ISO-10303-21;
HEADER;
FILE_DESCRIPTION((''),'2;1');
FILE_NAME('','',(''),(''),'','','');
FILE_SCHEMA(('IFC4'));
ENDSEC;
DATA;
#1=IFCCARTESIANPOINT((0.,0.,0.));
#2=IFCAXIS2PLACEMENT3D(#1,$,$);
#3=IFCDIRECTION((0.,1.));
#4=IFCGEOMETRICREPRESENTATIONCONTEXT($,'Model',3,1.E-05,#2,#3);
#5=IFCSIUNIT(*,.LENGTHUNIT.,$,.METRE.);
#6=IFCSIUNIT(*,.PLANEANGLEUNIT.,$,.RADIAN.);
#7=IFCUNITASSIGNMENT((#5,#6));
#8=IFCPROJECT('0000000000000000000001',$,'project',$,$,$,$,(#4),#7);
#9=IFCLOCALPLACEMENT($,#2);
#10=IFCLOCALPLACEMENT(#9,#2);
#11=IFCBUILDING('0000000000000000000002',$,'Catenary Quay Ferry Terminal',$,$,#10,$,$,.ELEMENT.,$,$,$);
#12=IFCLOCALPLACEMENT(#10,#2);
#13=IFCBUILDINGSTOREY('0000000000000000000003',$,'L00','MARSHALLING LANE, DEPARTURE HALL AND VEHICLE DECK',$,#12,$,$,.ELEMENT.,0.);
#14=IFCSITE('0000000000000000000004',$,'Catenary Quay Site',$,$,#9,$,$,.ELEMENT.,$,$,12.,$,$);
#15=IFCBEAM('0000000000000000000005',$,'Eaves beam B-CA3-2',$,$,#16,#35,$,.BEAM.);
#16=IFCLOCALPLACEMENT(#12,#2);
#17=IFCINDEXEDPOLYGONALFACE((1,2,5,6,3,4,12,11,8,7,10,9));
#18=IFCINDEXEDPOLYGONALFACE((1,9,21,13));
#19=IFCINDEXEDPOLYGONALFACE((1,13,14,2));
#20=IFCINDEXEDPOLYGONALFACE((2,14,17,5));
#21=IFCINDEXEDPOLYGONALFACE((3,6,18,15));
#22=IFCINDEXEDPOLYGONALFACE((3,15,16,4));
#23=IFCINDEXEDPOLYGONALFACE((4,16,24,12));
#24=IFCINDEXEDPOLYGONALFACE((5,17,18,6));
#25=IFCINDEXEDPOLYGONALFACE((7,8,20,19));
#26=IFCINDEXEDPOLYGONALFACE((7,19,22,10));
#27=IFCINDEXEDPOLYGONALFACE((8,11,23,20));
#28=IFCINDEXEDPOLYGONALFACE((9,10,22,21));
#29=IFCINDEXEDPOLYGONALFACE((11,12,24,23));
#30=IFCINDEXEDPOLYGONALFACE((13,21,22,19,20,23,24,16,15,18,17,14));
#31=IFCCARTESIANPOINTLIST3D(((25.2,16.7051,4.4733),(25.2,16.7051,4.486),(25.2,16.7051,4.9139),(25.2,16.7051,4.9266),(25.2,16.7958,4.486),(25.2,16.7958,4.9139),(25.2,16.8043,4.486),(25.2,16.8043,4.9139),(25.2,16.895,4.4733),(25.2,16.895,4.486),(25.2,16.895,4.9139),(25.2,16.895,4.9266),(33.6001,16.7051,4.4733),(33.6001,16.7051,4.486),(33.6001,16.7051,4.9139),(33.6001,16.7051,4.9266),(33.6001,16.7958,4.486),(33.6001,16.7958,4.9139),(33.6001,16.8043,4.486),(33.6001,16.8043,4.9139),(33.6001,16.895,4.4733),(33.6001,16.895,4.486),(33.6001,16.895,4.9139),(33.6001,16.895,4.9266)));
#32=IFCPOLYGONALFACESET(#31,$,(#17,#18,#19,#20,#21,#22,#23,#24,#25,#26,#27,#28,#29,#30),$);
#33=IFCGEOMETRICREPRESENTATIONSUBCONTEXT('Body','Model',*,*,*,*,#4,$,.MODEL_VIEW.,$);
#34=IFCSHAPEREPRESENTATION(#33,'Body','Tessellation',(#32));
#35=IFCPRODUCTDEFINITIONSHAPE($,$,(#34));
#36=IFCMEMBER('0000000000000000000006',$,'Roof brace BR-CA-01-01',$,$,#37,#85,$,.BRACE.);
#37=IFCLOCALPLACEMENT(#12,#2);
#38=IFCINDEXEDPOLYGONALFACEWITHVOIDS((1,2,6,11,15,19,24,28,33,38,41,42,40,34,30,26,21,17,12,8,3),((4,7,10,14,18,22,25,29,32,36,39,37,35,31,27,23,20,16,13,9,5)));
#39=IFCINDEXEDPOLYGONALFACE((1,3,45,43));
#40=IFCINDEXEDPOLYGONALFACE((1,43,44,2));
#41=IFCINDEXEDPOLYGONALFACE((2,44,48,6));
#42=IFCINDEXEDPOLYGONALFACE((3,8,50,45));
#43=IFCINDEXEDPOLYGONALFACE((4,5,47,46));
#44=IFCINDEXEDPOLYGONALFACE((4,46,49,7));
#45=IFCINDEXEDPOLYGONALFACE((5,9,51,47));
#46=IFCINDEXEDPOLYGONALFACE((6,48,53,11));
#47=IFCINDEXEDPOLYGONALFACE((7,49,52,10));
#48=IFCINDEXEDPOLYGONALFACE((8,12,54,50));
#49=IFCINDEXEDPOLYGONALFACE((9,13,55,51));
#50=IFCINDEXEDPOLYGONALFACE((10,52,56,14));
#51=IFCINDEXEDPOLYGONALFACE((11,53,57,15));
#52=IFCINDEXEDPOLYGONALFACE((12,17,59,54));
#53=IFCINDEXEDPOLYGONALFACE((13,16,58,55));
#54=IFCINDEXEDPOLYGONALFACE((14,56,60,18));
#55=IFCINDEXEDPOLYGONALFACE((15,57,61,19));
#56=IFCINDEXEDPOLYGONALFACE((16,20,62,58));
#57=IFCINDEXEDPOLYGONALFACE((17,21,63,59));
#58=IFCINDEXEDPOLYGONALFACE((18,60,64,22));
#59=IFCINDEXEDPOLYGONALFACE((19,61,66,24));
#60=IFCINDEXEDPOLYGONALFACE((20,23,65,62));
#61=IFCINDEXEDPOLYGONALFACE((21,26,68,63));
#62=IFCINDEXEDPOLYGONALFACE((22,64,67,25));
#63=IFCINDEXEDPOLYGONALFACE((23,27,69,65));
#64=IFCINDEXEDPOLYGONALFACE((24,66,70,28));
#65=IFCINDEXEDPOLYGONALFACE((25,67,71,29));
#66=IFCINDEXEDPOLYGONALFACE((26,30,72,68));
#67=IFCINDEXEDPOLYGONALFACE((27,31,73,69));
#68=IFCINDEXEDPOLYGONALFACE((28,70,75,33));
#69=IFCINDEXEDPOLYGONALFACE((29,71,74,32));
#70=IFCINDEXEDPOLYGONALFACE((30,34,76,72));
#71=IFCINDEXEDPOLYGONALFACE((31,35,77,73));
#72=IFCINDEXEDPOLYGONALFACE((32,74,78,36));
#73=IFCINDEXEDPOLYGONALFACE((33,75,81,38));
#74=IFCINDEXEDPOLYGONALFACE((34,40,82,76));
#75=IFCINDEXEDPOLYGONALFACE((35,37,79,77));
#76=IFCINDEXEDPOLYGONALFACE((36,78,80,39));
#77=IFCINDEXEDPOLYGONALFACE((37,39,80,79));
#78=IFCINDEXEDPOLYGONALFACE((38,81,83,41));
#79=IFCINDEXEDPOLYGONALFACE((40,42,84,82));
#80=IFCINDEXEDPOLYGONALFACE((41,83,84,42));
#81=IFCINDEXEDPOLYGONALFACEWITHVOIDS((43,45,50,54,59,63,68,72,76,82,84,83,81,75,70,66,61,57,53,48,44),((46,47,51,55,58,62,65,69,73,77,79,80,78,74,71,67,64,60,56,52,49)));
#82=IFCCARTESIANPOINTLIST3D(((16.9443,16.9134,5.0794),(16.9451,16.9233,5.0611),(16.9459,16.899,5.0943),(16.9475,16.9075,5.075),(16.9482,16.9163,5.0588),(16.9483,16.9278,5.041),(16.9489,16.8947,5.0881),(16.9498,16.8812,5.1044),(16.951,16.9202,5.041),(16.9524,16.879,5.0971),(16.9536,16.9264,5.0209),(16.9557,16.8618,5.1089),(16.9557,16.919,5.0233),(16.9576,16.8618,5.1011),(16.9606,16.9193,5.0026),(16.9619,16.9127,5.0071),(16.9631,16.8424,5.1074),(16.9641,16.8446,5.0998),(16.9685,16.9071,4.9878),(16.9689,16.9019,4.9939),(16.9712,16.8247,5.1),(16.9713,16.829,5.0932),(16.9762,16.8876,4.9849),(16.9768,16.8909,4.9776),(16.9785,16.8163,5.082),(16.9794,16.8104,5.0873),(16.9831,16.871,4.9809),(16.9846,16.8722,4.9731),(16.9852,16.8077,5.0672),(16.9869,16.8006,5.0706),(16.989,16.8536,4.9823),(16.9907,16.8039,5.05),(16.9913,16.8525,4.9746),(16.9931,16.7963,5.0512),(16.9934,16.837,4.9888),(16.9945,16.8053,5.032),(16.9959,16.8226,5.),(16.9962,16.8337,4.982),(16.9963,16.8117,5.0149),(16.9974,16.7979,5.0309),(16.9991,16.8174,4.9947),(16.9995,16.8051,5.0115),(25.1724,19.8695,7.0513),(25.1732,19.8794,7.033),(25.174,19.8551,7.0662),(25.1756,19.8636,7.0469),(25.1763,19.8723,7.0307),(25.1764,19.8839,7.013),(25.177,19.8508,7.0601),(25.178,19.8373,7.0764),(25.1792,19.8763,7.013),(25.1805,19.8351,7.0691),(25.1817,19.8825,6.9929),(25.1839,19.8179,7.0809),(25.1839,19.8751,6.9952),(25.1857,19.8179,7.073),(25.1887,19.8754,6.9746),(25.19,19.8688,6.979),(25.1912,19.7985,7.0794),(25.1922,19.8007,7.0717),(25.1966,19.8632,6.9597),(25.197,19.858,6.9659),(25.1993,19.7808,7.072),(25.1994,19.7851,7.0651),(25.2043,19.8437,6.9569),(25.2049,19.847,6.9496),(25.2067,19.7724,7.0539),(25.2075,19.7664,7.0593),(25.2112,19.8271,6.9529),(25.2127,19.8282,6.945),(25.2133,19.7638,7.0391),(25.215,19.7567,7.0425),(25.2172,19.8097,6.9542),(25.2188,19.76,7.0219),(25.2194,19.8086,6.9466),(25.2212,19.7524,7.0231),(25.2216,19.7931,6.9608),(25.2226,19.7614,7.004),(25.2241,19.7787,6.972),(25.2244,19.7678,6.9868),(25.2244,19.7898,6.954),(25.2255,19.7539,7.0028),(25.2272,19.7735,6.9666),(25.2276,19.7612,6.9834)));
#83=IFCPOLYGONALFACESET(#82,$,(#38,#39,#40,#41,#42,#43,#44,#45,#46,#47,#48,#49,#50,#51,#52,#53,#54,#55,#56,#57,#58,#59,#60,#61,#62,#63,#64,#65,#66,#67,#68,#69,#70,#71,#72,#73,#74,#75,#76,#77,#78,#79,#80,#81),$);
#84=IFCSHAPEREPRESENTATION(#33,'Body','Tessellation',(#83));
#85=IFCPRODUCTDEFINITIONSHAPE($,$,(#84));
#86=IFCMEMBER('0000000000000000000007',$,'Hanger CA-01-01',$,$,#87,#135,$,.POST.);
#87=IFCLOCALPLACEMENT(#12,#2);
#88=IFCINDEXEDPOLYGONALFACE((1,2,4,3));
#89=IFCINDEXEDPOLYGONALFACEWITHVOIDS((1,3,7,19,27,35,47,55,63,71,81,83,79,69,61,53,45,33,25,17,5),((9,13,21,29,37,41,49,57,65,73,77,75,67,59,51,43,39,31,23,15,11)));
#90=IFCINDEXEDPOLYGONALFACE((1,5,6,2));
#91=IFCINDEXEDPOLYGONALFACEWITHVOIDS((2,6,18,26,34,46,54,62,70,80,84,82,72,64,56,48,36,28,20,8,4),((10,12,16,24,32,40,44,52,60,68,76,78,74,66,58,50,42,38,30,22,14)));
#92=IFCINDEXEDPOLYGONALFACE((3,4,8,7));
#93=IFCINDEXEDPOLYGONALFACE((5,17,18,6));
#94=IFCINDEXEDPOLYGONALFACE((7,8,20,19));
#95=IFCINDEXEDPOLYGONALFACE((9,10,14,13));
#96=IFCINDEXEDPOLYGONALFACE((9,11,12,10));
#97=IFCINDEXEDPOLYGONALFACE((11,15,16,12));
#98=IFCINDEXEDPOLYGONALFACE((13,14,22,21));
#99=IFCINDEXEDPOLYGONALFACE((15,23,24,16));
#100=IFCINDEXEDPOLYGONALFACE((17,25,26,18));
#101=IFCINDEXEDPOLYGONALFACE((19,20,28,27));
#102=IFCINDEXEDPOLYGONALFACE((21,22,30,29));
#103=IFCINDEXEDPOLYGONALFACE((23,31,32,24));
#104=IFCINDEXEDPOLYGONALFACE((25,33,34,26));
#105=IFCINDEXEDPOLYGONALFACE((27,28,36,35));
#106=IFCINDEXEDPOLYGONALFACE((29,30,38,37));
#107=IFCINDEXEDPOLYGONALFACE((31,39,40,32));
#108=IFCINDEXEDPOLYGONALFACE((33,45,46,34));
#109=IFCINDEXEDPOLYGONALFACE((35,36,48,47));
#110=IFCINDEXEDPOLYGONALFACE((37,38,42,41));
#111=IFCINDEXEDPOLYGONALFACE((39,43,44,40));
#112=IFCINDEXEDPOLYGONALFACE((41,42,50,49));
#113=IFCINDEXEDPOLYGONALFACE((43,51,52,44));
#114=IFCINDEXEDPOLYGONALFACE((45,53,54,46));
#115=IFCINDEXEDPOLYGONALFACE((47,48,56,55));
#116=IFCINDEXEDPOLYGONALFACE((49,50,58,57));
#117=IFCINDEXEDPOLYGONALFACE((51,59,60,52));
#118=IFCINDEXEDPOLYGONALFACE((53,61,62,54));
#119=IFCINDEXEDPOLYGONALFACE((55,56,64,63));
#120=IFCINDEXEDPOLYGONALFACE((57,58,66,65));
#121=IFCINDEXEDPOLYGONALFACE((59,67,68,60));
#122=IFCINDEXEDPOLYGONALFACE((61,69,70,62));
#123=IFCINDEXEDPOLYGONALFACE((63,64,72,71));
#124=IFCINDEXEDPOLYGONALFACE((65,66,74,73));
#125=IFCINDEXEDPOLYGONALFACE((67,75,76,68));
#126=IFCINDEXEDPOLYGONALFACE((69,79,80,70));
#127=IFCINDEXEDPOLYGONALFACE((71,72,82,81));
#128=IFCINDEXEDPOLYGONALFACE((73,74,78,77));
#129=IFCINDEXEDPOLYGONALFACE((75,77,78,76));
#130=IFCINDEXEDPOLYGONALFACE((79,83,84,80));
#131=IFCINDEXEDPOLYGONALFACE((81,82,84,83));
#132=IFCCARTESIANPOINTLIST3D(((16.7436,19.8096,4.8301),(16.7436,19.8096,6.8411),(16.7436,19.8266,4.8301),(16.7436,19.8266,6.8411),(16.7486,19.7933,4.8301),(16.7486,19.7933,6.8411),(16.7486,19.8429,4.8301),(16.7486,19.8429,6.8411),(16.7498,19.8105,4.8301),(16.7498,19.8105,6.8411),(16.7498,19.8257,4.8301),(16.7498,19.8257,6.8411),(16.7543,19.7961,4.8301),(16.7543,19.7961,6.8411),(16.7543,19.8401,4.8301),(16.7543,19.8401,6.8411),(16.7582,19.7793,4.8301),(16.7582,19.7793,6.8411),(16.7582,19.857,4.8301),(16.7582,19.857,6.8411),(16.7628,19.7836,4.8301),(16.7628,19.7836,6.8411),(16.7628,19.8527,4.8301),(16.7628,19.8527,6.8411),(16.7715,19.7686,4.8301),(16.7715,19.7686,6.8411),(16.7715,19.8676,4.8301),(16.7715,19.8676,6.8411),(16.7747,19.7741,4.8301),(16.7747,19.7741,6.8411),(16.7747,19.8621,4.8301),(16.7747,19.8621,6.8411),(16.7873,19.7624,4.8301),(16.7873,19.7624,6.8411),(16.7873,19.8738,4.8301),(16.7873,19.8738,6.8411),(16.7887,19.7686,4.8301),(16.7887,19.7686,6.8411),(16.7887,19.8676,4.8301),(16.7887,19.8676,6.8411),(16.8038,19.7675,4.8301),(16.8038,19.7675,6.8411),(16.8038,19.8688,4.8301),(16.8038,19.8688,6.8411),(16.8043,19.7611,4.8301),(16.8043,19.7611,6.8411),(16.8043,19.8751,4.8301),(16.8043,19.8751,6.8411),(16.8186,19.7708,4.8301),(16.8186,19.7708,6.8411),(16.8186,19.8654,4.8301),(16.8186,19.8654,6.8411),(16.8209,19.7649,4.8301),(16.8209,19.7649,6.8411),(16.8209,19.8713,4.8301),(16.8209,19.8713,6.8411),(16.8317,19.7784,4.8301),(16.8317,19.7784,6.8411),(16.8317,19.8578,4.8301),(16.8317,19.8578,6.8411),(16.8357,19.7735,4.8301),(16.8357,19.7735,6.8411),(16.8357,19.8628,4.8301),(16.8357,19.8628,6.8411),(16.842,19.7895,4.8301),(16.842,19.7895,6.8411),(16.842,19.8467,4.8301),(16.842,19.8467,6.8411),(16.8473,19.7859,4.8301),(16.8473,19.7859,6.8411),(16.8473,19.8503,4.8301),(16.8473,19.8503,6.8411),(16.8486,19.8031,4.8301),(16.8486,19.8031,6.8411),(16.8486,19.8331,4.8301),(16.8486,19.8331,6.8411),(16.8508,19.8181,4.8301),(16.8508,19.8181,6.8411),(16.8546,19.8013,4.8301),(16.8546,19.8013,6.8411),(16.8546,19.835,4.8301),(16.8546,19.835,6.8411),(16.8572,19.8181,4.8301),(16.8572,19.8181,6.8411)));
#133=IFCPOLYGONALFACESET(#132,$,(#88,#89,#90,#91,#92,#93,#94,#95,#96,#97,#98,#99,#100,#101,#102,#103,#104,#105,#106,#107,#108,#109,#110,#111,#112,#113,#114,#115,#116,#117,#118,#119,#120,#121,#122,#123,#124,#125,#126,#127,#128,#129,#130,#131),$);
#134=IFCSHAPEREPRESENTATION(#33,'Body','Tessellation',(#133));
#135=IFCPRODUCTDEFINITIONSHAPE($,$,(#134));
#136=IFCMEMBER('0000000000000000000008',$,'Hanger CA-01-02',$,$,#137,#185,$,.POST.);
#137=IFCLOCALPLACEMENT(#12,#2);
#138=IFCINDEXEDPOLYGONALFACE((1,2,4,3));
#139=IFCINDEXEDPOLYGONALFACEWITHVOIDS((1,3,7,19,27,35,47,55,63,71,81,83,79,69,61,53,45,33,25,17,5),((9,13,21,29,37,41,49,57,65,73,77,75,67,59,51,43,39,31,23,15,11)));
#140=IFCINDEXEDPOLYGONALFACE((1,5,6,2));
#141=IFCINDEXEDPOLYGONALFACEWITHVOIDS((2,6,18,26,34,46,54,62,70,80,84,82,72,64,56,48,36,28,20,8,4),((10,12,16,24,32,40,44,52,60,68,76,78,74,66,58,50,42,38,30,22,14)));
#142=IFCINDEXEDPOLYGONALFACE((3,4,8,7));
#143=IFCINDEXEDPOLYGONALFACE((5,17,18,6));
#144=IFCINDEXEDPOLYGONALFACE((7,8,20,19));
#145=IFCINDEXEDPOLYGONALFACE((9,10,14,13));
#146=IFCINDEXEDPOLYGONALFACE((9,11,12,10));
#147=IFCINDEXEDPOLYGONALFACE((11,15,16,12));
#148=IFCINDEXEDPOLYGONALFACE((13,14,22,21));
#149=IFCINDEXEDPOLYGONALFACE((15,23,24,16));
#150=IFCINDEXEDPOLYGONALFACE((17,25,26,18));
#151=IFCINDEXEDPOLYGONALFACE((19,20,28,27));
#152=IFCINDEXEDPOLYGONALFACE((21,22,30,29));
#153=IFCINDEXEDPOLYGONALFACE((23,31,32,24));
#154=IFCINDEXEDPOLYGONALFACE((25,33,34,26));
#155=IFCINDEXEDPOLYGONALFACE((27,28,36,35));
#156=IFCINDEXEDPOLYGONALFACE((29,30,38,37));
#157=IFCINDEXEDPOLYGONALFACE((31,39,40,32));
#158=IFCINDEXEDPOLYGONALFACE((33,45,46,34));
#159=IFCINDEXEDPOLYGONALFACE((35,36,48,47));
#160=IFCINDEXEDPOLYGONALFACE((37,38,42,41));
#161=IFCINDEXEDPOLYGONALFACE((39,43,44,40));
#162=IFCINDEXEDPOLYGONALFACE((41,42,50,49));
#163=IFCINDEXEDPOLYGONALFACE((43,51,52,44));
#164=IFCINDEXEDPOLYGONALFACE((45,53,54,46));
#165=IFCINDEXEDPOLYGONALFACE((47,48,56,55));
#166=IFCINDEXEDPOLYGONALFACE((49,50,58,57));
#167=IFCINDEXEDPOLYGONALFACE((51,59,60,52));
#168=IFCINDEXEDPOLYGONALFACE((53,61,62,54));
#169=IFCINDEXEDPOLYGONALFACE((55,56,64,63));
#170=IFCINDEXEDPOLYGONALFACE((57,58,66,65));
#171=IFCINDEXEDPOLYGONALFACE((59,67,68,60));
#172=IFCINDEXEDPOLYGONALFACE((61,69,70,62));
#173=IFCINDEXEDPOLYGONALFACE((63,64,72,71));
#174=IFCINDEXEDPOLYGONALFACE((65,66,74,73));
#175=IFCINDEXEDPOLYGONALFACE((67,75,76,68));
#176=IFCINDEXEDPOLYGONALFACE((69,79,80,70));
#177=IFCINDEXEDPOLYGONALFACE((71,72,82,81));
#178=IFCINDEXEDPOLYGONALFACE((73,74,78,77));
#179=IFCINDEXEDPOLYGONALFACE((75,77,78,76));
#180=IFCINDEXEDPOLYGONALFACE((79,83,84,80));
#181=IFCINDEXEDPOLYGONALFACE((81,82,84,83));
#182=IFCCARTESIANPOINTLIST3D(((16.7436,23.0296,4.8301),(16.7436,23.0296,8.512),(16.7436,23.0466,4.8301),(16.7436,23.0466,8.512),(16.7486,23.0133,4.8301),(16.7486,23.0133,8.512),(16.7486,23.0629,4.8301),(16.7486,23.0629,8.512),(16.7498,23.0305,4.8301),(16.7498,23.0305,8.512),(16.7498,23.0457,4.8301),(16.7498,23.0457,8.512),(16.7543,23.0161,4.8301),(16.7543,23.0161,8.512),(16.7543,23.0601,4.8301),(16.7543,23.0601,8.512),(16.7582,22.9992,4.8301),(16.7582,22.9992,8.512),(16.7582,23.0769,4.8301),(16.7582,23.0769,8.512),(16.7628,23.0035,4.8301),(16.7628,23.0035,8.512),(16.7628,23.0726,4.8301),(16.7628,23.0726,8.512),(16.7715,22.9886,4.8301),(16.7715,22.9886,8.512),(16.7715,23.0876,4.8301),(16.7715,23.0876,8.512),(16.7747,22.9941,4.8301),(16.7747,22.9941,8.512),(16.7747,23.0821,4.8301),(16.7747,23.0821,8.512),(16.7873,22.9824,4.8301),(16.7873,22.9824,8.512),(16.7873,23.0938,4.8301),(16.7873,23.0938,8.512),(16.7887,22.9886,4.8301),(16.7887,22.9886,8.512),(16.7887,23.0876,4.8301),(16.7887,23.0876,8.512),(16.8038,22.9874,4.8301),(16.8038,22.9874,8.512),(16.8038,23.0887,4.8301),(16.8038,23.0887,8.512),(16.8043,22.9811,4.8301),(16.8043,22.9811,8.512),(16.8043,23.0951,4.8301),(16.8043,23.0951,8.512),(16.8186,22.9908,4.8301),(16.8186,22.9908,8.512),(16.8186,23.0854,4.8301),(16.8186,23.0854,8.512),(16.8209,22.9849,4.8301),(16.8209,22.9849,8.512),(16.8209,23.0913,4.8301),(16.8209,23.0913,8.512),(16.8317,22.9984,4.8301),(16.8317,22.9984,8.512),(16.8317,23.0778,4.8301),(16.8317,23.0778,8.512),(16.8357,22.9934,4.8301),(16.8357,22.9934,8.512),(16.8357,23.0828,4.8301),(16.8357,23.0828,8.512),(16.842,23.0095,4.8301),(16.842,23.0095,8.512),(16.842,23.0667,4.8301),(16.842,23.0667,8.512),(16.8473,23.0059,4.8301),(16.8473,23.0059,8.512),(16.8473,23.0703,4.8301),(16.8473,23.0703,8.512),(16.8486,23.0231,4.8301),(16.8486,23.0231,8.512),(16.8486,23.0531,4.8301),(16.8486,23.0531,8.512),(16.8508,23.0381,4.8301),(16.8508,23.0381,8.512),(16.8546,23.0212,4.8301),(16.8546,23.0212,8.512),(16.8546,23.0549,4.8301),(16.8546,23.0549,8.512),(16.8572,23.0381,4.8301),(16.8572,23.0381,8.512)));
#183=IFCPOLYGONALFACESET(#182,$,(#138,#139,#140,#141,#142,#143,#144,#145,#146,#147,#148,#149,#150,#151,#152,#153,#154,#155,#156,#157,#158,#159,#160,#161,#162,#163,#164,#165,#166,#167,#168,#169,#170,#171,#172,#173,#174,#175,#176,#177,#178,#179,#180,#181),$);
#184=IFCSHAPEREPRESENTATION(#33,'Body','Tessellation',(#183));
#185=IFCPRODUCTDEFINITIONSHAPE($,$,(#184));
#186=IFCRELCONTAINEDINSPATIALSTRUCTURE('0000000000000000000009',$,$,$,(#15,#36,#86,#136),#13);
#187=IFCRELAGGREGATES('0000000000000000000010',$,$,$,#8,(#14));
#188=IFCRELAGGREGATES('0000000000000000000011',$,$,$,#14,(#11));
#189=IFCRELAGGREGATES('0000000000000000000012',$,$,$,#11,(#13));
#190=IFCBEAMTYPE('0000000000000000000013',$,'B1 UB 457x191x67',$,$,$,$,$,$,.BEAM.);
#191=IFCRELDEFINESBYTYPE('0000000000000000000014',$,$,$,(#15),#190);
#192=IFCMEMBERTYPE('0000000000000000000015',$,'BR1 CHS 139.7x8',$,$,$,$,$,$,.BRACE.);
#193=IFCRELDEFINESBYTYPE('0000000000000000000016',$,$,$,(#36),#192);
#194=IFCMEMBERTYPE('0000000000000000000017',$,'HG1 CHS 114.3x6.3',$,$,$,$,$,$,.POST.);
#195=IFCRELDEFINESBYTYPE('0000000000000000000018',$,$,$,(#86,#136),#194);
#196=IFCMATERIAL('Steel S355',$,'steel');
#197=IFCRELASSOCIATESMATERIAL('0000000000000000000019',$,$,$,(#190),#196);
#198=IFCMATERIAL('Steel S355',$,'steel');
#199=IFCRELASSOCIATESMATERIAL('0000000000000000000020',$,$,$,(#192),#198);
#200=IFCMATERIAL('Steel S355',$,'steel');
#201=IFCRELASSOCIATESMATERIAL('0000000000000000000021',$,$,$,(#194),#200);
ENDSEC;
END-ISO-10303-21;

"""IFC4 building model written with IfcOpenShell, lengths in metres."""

from ifc_helpers import new_model, si_unit, direction, frame, origin, origin_2d, place, context, subcontext, project, spatial, hollow_circle, i_section, extrude, material, material_profile, profile_set, type_object, element, save


model = new_model("IFC4")

# Units and contexts
model_context = context("Model", 3, precision=1e-05, world=origin(), true_north=direction((0.0, 1.0)))
body_context = subcontext(model_context, "Body", "Model", "MODEL_VIEW")
ifc_project = project(units=[si_unit("LENGTHUNIT", "METRE"), si_unit("PLANEANGLEUNIT", "RADIAN")], contexts=[model_context])

# Site, building, storey
site_placement = place(None, origin())
site = spatial("IfcSite", under=ifc_project, at=site_placement, Name="Catenary Quay Site", CompositionType="ELEMENT", RefElevation=12.0)
building_placement = place(site_placement, origin())
building = spatial("IfcBuilding", under=site, at=building_placement, Name="Catenary Quay Ferry Terminal", CompositionType="ELEMENT")
storey_placement = place(building_placement, origin())
storey = spatial("IfcBuildingStorey", under=building, at=storey_placement, Name="L00", Description="MARSHALLING LANE, DEPARTURE HALL AND VEHICLE DECK", CompositionType="ELEMENT", Elevation=0.0)

# Beam
ifc_material_1 = material(Name="Steel S355", Category="steel")
ifc_material_profile_1 = material_profile(ifc_material_1, i_section(OverallWidth=0.1899, OverallDepth=0.4534, WebThickness=0.0085, FlangeThickness=0.0127, at=origin_2d()), Name="UB 457x191x67")
ifc_profile_set_1 = profile_set([ifc_material_profile_1], Name="Steel S355")
beam_type_1 = type_object("IfcBeamType", Name="B1 UB 457x191x67", PredefinedType="BEAM", material=ifc_profile_set_1)
beam_1_placement = place(storey_placement, frame((25.2, 16.8, 4.7), z_axis=(1.0, 0.0, 0.0), x_axis=(0.0, 1.0, 0.0)))
element("IfcBeam", 1, at=beam_1_placement, inside=storey, type_object=beam_type_1, Name="Eaves beam B-CA3-2", PredefinedType="BEAM", context=body_context, shape_type="SweptSolid", body=[
    extrude(i_section(OverallWidth=0.1899, OverallDepth=0.4534, WebThickness=0.0085, FlangeThickness=0.0127, at=origin_2d()), origin(), (0.0, 0.0, 1.0), 8.4001),
])

# Members
ifc_material_2 = material(Name="Steel S355", Category="steel")
ifc_material_profile_2 = material_profile(ifc_material_2, hollow_circle(Radius=0.0698, WallThickness=0.0081, at=origin_2d()), Name="CHS 139.7x8")
ifc_profile_set_2 = profile_set([ifc_material_profile_2], Name="Steel S355")
member_type_1 = type_object("IfcMemberType", Name="BR1 CHS 139.7x8", PredefinedType="BRACE", material=ifc_profile_set_2)
member_1_placement = place(storey_placement, frame((16.9719, 16.8621, 5.041), z_axis=(0.918046, 0.329823, 0.220018), x_axis=(-0.338108, 0.941107, 0.0)))
element("IfcMember", 2, at=member_1_placement, inside=storey, type_object=member_type_1, Name="Roof brace BR-CA-01-01", PredefinedType="BRACE", context=body_context, shape_type="SweptSolid", body=[
    extrude(hollow_circle(Radius=0.0698, WallThickness=0.0081, at=origin_2d()), origin(), (0.0, 0.0, 1.0), 8.9626),
])
ifc_material_3 = material(Name="Steel S355", Category="steel")
ifc_material_profile_3 = material_profile(ifc_material_3, hollow_circle(Radius=0.0571, WallThickness=0.0063, at=origin_2d()), Name="CHS 114.3x6.3")
ifc_profile_set_3 = profile_set([ifc_material_profile_3], Name="Steel S355")
member_type_2 = type_object("IfcMemberType", Name="HG1 CHS 114.3x6.3", PredefinedType="POST", material=ifc_profile_set_3)
member_2_placement = place(storey_placement, frame((16.8, 19.8181, 4.8301), z_axis=(0.0, 0.0, 1.0), x_axis=(1.0, 0.0, 0.0)))
element("IfcMember", 3, at=member_2_placement, inside=storey, type_object=member_type_2, Name="Hanger CA-01-01", PredefinedType="POST", context=body_context, shape_type="SweptSolid", body=[
    extrude(hollow_circle(Radius=0.0571, WallThickness=0.0063, at=origin_2d()), origin(), (0.0, 0.0, 1.0), 2.011),
])
member_3_placement = place(storey_placement, frame((16.8, 23.0381, 4.8301), z_axis=(0.0, 0.0, 1.0), x_axis=(1.0, 0.0, 0.0)))
element("IfcMember", 4, at=member_3_placement, inside=storey, type_object=member_type_2, Name="Hanger CA-01-02", PredefinedType="POST", context=body_context, shape_type="SweptSolid", body=[
    extrude(hollow_circle(Radius=0.0571, WallThickness=0.0063, at=origin_2d()), origin(), (0.0, 0.0, 1.0), 3.6819),
])

save(model, "model.ifc")
